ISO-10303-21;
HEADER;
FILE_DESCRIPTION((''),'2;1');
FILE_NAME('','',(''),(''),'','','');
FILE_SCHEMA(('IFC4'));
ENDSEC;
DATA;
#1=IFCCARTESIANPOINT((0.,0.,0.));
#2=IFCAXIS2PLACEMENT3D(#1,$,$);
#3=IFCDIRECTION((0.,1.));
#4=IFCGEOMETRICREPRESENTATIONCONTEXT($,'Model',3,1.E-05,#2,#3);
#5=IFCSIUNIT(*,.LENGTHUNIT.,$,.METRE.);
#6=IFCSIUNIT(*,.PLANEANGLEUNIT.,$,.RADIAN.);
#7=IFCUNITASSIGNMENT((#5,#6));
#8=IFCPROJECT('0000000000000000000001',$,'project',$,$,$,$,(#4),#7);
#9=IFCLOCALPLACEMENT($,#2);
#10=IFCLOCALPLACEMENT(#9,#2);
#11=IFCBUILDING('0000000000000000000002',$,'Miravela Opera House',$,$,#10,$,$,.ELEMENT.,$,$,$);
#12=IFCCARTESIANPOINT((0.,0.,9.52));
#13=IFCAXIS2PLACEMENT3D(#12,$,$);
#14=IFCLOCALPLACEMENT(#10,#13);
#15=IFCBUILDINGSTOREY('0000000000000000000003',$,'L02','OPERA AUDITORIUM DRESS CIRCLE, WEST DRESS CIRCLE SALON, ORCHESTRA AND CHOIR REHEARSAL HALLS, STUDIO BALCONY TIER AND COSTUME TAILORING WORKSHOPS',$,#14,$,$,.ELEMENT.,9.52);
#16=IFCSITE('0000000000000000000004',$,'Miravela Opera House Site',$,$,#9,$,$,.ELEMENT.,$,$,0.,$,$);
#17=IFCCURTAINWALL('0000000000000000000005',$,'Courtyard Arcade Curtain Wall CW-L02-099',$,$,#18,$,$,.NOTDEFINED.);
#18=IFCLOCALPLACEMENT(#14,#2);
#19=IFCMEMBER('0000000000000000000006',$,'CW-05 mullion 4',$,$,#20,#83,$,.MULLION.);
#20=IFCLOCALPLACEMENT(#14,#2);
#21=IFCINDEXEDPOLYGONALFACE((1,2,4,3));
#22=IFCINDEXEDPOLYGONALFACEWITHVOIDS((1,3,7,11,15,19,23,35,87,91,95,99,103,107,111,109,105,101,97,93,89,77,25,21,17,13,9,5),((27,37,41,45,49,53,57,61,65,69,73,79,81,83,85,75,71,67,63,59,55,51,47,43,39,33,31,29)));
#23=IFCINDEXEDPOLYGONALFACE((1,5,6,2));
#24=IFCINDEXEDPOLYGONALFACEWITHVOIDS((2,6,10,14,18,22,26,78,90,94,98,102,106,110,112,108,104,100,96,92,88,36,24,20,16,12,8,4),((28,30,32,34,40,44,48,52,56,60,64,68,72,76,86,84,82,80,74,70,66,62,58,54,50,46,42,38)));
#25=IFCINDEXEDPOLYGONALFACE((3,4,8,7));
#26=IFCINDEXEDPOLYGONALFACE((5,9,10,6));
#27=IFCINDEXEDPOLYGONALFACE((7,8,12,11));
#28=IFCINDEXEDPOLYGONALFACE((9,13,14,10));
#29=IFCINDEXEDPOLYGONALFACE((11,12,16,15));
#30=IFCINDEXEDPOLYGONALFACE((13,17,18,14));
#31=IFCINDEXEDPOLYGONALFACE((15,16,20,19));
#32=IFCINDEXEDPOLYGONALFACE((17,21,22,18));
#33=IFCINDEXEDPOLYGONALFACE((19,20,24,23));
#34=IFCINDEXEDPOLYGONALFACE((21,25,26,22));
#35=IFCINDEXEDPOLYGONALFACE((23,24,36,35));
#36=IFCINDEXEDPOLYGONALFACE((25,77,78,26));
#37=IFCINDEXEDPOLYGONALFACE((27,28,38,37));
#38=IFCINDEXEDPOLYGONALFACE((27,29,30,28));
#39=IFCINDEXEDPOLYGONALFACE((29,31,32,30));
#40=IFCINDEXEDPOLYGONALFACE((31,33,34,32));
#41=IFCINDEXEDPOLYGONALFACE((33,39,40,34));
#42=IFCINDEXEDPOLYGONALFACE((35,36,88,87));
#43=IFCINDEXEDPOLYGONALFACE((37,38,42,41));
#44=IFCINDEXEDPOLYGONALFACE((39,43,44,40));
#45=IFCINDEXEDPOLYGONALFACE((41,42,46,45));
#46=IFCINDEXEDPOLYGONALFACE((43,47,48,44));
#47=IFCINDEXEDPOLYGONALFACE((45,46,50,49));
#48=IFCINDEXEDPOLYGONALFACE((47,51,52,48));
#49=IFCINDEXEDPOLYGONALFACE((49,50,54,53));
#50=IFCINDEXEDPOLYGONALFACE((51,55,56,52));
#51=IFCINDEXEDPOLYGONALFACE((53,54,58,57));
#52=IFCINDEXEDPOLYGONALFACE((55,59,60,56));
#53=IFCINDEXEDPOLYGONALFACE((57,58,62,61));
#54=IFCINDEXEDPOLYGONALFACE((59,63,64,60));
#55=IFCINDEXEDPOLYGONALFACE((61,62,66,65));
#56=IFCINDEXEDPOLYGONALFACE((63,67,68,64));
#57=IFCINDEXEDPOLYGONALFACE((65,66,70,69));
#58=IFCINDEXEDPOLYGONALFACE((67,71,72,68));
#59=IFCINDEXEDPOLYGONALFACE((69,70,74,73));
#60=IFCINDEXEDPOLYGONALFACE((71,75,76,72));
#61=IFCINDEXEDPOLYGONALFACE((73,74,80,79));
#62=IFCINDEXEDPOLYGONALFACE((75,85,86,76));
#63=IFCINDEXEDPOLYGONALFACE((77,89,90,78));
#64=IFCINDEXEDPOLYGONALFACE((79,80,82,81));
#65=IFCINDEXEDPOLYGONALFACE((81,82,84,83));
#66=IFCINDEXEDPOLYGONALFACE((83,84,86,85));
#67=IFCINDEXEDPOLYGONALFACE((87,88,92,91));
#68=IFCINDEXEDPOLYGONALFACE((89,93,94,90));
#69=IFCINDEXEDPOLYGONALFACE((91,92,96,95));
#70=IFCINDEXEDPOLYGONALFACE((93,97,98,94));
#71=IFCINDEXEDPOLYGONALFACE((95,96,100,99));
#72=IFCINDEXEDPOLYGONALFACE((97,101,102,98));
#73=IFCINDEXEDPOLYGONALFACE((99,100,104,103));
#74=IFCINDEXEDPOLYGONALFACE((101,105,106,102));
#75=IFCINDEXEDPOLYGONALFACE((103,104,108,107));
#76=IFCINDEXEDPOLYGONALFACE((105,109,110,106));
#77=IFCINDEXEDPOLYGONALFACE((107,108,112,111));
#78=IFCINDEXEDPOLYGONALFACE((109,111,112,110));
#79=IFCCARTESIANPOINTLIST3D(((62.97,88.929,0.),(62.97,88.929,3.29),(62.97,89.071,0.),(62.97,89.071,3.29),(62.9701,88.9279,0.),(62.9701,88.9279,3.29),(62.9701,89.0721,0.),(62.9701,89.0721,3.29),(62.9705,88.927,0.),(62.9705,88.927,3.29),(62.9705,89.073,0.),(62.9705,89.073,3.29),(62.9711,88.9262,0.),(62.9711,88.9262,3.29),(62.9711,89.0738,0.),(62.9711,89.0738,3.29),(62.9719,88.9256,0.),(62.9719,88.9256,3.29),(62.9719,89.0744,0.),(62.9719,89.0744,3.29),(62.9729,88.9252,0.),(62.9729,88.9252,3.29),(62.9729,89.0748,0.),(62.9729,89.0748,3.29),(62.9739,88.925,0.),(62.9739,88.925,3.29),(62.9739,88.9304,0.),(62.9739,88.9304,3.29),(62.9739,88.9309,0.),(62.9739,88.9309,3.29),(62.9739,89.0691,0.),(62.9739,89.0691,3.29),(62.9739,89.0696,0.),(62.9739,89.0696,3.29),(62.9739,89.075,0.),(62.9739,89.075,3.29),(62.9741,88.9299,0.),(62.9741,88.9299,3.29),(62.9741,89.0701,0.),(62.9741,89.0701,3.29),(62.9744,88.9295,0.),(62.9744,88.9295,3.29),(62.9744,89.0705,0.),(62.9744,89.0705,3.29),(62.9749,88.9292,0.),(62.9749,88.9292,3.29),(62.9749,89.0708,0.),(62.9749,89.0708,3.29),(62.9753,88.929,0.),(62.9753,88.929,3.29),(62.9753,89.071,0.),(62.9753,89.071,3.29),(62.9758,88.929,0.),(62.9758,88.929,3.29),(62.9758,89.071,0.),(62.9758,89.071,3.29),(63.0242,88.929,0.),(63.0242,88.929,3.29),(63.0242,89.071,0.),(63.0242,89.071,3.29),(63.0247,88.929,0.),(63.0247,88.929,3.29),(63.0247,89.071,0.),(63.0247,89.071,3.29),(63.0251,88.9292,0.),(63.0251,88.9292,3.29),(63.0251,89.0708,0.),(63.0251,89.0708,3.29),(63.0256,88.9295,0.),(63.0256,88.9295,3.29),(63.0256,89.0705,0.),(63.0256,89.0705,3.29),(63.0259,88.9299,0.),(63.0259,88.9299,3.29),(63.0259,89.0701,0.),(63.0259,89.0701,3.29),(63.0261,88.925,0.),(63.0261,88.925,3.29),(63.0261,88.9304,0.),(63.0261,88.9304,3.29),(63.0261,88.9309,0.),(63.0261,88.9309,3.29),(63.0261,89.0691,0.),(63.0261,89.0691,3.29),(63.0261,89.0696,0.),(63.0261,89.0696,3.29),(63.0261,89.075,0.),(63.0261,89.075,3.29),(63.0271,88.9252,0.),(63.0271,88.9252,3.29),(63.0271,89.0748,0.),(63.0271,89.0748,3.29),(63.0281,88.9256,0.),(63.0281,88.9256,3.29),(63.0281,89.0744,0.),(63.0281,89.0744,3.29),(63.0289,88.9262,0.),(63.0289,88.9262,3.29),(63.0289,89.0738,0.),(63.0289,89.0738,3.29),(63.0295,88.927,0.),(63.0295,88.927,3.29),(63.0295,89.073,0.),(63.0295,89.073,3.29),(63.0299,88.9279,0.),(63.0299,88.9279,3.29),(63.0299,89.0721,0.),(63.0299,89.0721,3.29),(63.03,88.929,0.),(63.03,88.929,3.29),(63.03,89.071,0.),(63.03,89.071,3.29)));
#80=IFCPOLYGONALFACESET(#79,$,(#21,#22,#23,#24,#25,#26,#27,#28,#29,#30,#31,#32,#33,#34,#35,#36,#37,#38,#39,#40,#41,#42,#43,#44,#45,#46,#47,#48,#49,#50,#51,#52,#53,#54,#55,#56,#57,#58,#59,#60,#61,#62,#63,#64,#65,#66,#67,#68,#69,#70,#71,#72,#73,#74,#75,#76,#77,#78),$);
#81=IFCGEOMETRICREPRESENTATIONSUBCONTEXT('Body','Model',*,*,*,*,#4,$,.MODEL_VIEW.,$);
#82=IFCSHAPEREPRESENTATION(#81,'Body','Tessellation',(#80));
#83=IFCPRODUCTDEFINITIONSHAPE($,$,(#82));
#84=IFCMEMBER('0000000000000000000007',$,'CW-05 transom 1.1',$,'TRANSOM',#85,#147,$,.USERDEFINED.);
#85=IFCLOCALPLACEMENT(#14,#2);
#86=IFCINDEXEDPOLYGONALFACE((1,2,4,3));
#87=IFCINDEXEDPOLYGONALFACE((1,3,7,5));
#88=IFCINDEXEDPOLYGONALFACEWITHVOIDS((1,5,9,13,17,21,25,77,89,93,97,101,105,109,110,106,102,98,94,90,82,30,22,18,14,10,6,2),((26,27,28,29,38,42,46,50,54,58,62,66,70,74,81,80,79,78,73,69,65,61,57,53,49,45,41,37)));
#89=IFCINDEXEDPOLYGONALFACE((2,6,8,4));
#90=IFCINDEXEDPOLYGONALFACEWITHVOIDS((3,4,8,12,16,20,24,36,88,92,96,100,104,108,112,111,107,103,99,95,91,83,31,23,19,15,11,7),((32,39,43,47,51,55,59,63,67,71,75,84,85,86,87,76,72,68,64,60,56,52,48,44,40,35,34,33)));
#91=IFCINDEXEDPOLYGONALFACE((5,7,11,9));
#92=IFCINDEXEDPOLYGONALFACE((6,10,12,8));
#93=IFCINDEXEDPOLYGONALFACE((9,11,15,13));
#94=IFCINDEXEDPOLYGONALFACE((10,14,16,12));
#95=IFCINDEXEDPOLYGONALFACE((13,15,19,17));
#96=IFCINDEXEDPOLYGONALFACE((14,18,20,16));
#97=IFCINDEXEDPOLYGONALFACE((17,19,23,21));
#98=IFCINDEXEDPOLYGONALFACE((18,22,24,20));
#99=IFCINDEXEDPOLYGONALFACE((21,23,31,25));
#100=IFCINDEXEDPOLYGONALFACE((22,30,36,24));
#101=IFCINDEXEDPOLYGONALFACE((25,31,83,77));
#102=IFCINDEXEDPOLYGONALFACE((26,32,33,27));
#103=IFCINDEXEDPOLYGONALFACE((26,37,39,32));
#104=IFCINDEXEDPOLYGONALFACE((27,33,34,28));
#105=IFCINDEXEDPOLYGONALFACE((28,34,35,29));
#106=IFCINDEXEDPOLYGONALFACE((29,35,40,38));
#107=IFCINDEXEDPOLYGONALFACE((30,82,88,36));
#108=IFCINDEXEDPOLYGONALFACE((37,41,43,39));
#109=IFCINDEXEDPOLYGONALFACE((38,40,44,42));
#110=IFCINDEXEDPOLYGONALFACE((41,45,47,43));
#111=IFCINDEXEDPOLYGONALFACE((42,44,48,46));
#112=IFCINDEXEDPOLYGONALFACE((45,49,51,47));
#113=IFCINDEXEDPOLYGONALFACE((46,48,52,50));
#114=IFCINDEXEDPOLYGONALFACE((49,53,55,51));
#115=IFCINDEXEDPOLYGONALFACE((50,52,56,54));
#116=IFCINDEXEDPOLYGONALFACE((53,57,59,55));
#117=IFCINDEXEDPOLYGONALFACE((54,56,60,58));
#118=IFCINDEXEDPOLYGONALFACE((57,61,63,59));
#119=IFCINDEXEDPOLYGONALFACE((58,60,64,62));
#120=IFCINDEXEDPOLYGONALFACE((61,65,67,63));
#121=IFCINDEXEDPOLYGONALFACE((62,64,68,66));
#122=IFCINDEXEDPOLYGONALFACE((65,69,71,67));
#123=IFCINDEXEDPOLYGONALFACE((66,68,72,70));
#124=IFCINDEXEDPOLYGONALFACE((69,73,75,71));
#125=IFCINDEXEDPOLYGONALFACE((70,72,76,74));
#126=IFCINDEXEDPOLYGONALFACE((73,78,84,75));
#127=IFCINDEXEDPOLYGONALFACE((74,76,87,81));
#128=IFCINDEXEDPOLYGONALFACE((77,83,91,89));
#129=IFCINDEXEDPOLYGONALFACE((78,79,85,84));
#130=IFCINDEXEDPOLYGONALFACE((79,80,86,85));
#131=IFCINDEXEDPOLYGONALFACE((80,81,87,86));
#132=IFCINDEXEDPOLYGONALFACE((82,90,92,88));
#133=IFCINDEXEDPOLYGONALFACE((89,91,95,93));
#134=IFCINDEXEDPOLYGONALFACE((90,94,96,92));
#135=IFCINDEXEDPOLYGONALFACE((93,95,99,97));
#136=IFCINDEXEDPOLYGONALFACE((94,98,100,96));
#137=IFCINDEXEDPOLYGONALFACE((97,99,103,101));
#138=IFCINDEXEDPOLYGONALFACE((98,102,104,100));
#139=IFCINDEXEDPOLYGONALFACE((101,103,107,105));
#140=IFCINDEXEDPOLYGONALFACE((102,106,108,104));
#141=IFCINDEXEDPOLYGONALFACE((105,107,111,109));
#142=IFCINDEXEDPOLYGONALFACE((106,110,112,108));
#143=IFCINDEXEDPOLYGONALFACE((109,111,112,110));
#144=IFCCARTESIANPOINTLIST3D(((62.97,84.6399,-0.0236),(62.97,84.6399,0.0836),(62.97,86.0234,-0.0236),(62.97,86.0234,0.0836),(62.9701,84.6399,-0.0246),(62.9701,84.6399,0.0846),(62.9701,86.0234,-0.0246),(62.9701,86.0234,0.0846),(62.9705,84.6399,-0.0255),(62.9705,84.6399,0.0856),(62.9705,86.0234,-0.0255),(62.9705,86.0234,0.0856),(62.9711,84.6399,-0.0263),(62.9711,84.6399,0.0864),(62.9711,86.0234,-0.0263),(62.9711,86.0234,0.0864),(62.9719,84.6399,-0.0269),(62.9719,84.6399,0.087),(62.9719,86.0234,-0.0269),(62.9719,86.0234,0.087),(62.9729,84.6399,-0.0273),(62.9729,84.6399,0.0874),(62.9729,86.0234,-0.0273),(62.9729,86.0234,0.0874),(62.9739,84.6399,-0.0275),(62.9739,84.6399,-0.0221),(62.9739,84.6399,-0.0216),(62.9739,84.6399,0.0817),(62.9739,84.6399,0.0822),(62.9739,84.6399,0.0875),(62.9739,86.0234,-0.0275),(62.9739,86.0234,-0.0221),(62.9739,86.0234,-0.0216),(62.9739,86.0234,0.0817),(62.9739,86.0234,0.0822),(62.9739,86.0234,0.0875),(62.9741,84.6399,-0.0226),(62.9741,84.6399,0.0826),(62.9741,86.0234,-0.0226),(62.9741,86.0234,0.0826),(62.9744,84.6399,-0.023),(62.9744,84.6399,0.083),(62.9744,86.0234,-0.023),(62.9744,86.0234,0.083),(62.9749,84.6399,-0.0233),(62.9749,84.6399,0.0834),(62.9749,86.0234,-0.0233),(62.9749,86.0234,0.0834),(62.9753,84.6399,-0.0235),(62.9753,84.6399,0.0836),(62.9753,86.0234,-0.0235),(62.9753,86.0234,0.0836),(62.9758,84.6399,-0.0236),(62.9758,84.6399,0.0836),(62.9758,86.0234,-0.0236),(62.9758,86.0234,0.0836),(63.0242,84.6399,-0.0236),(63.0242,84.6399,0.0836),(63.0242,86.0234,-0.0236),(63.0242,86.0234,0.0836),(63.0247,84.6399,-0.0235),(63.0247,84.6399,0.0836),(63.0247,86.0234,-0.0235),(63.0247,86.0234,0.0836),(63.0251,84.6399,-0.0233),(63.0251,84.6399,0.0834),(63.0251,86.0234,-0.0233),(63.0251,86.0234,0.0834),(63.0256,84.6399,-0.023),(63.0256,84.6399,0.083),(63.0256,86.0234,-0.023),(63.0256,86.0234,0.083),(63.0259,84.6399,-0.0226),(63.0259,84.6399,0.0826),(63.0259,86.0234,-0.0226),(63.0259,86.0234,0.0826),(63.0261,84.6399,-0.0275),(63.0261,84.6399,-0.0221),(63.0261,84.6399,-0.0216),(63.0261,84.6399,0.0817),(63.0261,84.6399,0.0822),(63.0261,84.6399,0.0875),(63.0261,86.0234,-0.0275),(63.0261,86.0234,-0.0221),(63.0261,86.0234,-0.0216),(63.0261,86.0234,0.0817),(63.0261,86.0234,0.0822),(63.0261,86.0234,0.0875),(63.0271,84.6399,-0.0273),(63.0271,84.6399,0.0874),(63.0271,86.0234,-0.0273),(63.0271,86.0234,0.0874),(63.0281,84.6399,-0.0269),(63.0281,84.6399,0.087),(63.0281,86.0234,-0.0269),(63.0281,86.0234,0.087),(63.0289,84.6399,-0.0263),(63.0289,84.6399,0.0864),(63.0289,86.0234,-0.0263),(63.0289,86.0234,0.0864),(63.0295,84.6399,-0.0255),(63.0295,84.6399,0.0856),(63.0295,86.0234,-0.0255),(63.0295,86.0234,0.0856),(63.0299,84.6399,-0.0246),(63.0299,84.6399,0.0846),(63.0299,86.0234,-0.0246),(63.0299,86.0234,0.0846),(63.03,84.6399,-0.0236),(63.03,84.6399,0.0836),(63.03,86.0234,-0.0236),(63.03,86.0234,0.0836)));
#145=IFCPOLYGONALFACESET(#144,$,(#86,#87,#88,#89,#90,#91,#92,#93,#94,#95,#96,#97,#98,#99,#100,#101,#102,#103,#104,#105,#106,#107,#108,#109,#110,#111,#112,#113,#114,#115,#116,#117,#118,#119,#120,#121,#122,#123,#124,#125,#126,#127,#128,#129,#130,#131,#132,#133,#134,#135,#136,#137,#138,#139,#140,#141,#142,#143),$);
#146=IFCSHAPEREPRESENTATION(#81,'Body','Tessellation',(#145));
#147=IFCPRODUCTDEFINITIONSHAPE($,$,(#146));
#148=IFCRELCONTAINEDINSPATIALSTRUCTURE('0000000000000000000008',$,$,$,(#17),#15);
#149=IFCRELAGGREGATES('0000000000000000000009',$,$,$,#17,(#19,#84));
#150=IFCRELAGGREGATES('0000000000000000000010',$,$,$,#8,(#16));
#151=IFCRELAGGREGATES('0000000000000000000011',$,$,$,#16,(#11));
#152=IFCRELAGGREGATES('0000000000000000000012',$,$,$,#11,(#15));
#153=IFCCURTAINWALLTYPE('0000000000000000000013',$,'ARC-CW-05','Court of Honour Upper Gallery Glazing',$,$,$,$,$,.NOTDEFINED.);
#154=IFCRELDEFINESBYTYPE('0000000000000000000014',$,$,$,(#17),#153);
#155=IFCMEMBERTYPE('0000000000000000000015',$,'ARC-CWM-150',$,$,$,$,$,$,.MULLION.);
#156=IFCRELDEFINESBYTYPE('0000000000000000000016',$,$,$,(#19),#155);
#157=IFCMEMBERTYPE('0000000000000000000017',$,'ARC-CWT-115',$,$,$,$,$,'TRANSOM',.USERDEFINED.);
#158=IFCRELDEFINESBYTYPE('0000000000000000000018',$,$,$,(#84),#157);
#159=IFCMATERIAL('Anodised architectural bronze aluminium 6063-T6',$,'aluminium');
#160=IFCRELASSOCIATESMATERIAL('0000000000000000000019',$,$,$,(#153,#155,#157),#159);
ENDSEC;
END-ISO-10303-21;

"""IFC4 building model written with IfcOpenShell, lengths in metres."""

from ifc_helpers import new_model, si_unit, direction, frame, origin, origin_2d, place, context, subcontext, project, spatial, hollow_rectangle, extrude, material, material_profile, profile_set, type_object, element, aggregate, save


model = new_model("IFC4")

# Units and contexts
model_context = context("Model", 3, precision=1e-05, world=origin(), true_north=direction((0.0, 1.0)))
body_context = subcontext(model_context, "Body", "Model", "MODEL_VIEW")
ifc_project = project(units=[si_unit("LENGTHUNIT", "METRE"), si_unit("PLANEANGLEUNIT", "RADIAN")], contexts=[model_context])

# Site, building, storey
site_placement = place(None, origin())
site = spatial("IfcSite", under=ifc_project, at=site_placement, Name="Miravela Opera House Site", CompositionType="ELEMENT", RefElevation=0.0)
building_placement = place(site_placement, origin())
building = spatial("IfcBuilding", under=site, at=building_placement, Name="Miravela Opera House", CompositionType="ELEMENT")
storey_placement = place(building_placement, frame((0.0, 0.0, 9.52)))
storey = spatial("IfcBuildingStorey", under=building, at=storey_placement, Name="L02", Description="OPERA AUDITORIUM DRESS CIRCLE, WEST DRESS CIRCLE SALON, ORCHESTRA AND CHOIR REHEARSAL HALLS, STUDIO BALCONY TIER AND COSTUME TAILORING WORKSHOPS", CompositionType="ELEMENT", Elevation=9.52)

# Curtain wall, members
ifc_material_1 = material(Name="Anodised architectural bronze aluminium 6063-T6", Category="aluminium")
curtain_wall_type = type_object("IfcCurtainWallType", Name="ARC-CW-05", Description="Court of Honour Upper Gallery Glazing", PredefinedType="NOTDEFINED", material=ifc_material_1)
curtain_wall_placement = place(storey_placement, origin())
curtain_wall = element("IfcCurtainWall", 1, at=curtain_wall_placement, inside=storey, type_object=curtain_wall_type, Name="Courtyard Arcade Curtain Wall CW-L02-099", PredefinedType="NOTDEFINED")
ifc_material_profile_1 = material_profile(ifc_material_1, hollow_rectangle(XDim=0.0601, YDim=0.1499, WallThickness=0.0039, InnerFilletRadius=0.002, OuterFilletRadius=0.0039, at=origin_2d()), Name="CWM-60X150")
ifc_profile_set_1 = profile_set([ifc_material_profile_1])
member_type_1 = type_object("IfcMemberType", Name="ARC-CWM-150", PredefinedType="MULLION", material=ifc_profile_set_1)
member_1_placement = place(storey_placement, frame((63.0, 89.0, 0.0), z_axis=(0.0, 0.0, 1.0), x_axis=(-1.0, 0.0, 0.0)))
member_1 = element("IfcMember", 2, at=member_1_placement, type_object=member_type_1, Name="CW-05 mullion 4", PredefinedType="MULLION", context=body_context, shape_type="SweptSolid", body=[
    extrude(hollow_rectangle(XDim=0.0601, YDim=0.1499, WallThickness=0.0039, InnerFilletRadius=0.002, OuterFilletRadius=0.0039, at=origin_2d()), origin(), (0.0, 0.0, 1.0), 3.29),
])
ifc_material_profile_2 = material_profile(ifc_material_1, hollow_rectangle(XDim=0.0601, YDim=0.115, WallThickness=0.0039, InnerFilletRadius=0.002, OuterFilletRadius=0.0039, at=origin_2d()), Name="CWT-60X115")
ifc_profile_set_2 = profile_set([ifc_material_profile_2])
member_type_2 = type_object("IfcMemberType", Name="ARC-CWT-115", ElementType="TRANSOM", PredefinedType="USERDEFINED", material=ifc_profile_set_2)
member_2_placement = place(storey_placement, frame((63.0, 84.6399, 0.03), z_axis=(0.0, 1.0, 0.0), x_axis=(-1.0, 0.0, 0.0)))
member_2 = element("IfcMember", 3, at=member_2_placement, type_object=member_type_2, Name="CW-05 transom 1.1", ObjectType="TRANSOM", PredefinedType="USERDEFINED", context=body_context, shape_type="SweptSolid", body=[
    extrude(hollow_rectangle(XDim=0.0601, YDim=0.115, WallThickness=0.0039, InnerFilletRadius=0.002, OuterFilletRadius=0.0039, at=origin_2d()), origin(), (0.0, 0.0, 1.0), 1.3835),
])
aggregate(curtain_wall, [member_1, member_2])

save(model, "model.ifc")
